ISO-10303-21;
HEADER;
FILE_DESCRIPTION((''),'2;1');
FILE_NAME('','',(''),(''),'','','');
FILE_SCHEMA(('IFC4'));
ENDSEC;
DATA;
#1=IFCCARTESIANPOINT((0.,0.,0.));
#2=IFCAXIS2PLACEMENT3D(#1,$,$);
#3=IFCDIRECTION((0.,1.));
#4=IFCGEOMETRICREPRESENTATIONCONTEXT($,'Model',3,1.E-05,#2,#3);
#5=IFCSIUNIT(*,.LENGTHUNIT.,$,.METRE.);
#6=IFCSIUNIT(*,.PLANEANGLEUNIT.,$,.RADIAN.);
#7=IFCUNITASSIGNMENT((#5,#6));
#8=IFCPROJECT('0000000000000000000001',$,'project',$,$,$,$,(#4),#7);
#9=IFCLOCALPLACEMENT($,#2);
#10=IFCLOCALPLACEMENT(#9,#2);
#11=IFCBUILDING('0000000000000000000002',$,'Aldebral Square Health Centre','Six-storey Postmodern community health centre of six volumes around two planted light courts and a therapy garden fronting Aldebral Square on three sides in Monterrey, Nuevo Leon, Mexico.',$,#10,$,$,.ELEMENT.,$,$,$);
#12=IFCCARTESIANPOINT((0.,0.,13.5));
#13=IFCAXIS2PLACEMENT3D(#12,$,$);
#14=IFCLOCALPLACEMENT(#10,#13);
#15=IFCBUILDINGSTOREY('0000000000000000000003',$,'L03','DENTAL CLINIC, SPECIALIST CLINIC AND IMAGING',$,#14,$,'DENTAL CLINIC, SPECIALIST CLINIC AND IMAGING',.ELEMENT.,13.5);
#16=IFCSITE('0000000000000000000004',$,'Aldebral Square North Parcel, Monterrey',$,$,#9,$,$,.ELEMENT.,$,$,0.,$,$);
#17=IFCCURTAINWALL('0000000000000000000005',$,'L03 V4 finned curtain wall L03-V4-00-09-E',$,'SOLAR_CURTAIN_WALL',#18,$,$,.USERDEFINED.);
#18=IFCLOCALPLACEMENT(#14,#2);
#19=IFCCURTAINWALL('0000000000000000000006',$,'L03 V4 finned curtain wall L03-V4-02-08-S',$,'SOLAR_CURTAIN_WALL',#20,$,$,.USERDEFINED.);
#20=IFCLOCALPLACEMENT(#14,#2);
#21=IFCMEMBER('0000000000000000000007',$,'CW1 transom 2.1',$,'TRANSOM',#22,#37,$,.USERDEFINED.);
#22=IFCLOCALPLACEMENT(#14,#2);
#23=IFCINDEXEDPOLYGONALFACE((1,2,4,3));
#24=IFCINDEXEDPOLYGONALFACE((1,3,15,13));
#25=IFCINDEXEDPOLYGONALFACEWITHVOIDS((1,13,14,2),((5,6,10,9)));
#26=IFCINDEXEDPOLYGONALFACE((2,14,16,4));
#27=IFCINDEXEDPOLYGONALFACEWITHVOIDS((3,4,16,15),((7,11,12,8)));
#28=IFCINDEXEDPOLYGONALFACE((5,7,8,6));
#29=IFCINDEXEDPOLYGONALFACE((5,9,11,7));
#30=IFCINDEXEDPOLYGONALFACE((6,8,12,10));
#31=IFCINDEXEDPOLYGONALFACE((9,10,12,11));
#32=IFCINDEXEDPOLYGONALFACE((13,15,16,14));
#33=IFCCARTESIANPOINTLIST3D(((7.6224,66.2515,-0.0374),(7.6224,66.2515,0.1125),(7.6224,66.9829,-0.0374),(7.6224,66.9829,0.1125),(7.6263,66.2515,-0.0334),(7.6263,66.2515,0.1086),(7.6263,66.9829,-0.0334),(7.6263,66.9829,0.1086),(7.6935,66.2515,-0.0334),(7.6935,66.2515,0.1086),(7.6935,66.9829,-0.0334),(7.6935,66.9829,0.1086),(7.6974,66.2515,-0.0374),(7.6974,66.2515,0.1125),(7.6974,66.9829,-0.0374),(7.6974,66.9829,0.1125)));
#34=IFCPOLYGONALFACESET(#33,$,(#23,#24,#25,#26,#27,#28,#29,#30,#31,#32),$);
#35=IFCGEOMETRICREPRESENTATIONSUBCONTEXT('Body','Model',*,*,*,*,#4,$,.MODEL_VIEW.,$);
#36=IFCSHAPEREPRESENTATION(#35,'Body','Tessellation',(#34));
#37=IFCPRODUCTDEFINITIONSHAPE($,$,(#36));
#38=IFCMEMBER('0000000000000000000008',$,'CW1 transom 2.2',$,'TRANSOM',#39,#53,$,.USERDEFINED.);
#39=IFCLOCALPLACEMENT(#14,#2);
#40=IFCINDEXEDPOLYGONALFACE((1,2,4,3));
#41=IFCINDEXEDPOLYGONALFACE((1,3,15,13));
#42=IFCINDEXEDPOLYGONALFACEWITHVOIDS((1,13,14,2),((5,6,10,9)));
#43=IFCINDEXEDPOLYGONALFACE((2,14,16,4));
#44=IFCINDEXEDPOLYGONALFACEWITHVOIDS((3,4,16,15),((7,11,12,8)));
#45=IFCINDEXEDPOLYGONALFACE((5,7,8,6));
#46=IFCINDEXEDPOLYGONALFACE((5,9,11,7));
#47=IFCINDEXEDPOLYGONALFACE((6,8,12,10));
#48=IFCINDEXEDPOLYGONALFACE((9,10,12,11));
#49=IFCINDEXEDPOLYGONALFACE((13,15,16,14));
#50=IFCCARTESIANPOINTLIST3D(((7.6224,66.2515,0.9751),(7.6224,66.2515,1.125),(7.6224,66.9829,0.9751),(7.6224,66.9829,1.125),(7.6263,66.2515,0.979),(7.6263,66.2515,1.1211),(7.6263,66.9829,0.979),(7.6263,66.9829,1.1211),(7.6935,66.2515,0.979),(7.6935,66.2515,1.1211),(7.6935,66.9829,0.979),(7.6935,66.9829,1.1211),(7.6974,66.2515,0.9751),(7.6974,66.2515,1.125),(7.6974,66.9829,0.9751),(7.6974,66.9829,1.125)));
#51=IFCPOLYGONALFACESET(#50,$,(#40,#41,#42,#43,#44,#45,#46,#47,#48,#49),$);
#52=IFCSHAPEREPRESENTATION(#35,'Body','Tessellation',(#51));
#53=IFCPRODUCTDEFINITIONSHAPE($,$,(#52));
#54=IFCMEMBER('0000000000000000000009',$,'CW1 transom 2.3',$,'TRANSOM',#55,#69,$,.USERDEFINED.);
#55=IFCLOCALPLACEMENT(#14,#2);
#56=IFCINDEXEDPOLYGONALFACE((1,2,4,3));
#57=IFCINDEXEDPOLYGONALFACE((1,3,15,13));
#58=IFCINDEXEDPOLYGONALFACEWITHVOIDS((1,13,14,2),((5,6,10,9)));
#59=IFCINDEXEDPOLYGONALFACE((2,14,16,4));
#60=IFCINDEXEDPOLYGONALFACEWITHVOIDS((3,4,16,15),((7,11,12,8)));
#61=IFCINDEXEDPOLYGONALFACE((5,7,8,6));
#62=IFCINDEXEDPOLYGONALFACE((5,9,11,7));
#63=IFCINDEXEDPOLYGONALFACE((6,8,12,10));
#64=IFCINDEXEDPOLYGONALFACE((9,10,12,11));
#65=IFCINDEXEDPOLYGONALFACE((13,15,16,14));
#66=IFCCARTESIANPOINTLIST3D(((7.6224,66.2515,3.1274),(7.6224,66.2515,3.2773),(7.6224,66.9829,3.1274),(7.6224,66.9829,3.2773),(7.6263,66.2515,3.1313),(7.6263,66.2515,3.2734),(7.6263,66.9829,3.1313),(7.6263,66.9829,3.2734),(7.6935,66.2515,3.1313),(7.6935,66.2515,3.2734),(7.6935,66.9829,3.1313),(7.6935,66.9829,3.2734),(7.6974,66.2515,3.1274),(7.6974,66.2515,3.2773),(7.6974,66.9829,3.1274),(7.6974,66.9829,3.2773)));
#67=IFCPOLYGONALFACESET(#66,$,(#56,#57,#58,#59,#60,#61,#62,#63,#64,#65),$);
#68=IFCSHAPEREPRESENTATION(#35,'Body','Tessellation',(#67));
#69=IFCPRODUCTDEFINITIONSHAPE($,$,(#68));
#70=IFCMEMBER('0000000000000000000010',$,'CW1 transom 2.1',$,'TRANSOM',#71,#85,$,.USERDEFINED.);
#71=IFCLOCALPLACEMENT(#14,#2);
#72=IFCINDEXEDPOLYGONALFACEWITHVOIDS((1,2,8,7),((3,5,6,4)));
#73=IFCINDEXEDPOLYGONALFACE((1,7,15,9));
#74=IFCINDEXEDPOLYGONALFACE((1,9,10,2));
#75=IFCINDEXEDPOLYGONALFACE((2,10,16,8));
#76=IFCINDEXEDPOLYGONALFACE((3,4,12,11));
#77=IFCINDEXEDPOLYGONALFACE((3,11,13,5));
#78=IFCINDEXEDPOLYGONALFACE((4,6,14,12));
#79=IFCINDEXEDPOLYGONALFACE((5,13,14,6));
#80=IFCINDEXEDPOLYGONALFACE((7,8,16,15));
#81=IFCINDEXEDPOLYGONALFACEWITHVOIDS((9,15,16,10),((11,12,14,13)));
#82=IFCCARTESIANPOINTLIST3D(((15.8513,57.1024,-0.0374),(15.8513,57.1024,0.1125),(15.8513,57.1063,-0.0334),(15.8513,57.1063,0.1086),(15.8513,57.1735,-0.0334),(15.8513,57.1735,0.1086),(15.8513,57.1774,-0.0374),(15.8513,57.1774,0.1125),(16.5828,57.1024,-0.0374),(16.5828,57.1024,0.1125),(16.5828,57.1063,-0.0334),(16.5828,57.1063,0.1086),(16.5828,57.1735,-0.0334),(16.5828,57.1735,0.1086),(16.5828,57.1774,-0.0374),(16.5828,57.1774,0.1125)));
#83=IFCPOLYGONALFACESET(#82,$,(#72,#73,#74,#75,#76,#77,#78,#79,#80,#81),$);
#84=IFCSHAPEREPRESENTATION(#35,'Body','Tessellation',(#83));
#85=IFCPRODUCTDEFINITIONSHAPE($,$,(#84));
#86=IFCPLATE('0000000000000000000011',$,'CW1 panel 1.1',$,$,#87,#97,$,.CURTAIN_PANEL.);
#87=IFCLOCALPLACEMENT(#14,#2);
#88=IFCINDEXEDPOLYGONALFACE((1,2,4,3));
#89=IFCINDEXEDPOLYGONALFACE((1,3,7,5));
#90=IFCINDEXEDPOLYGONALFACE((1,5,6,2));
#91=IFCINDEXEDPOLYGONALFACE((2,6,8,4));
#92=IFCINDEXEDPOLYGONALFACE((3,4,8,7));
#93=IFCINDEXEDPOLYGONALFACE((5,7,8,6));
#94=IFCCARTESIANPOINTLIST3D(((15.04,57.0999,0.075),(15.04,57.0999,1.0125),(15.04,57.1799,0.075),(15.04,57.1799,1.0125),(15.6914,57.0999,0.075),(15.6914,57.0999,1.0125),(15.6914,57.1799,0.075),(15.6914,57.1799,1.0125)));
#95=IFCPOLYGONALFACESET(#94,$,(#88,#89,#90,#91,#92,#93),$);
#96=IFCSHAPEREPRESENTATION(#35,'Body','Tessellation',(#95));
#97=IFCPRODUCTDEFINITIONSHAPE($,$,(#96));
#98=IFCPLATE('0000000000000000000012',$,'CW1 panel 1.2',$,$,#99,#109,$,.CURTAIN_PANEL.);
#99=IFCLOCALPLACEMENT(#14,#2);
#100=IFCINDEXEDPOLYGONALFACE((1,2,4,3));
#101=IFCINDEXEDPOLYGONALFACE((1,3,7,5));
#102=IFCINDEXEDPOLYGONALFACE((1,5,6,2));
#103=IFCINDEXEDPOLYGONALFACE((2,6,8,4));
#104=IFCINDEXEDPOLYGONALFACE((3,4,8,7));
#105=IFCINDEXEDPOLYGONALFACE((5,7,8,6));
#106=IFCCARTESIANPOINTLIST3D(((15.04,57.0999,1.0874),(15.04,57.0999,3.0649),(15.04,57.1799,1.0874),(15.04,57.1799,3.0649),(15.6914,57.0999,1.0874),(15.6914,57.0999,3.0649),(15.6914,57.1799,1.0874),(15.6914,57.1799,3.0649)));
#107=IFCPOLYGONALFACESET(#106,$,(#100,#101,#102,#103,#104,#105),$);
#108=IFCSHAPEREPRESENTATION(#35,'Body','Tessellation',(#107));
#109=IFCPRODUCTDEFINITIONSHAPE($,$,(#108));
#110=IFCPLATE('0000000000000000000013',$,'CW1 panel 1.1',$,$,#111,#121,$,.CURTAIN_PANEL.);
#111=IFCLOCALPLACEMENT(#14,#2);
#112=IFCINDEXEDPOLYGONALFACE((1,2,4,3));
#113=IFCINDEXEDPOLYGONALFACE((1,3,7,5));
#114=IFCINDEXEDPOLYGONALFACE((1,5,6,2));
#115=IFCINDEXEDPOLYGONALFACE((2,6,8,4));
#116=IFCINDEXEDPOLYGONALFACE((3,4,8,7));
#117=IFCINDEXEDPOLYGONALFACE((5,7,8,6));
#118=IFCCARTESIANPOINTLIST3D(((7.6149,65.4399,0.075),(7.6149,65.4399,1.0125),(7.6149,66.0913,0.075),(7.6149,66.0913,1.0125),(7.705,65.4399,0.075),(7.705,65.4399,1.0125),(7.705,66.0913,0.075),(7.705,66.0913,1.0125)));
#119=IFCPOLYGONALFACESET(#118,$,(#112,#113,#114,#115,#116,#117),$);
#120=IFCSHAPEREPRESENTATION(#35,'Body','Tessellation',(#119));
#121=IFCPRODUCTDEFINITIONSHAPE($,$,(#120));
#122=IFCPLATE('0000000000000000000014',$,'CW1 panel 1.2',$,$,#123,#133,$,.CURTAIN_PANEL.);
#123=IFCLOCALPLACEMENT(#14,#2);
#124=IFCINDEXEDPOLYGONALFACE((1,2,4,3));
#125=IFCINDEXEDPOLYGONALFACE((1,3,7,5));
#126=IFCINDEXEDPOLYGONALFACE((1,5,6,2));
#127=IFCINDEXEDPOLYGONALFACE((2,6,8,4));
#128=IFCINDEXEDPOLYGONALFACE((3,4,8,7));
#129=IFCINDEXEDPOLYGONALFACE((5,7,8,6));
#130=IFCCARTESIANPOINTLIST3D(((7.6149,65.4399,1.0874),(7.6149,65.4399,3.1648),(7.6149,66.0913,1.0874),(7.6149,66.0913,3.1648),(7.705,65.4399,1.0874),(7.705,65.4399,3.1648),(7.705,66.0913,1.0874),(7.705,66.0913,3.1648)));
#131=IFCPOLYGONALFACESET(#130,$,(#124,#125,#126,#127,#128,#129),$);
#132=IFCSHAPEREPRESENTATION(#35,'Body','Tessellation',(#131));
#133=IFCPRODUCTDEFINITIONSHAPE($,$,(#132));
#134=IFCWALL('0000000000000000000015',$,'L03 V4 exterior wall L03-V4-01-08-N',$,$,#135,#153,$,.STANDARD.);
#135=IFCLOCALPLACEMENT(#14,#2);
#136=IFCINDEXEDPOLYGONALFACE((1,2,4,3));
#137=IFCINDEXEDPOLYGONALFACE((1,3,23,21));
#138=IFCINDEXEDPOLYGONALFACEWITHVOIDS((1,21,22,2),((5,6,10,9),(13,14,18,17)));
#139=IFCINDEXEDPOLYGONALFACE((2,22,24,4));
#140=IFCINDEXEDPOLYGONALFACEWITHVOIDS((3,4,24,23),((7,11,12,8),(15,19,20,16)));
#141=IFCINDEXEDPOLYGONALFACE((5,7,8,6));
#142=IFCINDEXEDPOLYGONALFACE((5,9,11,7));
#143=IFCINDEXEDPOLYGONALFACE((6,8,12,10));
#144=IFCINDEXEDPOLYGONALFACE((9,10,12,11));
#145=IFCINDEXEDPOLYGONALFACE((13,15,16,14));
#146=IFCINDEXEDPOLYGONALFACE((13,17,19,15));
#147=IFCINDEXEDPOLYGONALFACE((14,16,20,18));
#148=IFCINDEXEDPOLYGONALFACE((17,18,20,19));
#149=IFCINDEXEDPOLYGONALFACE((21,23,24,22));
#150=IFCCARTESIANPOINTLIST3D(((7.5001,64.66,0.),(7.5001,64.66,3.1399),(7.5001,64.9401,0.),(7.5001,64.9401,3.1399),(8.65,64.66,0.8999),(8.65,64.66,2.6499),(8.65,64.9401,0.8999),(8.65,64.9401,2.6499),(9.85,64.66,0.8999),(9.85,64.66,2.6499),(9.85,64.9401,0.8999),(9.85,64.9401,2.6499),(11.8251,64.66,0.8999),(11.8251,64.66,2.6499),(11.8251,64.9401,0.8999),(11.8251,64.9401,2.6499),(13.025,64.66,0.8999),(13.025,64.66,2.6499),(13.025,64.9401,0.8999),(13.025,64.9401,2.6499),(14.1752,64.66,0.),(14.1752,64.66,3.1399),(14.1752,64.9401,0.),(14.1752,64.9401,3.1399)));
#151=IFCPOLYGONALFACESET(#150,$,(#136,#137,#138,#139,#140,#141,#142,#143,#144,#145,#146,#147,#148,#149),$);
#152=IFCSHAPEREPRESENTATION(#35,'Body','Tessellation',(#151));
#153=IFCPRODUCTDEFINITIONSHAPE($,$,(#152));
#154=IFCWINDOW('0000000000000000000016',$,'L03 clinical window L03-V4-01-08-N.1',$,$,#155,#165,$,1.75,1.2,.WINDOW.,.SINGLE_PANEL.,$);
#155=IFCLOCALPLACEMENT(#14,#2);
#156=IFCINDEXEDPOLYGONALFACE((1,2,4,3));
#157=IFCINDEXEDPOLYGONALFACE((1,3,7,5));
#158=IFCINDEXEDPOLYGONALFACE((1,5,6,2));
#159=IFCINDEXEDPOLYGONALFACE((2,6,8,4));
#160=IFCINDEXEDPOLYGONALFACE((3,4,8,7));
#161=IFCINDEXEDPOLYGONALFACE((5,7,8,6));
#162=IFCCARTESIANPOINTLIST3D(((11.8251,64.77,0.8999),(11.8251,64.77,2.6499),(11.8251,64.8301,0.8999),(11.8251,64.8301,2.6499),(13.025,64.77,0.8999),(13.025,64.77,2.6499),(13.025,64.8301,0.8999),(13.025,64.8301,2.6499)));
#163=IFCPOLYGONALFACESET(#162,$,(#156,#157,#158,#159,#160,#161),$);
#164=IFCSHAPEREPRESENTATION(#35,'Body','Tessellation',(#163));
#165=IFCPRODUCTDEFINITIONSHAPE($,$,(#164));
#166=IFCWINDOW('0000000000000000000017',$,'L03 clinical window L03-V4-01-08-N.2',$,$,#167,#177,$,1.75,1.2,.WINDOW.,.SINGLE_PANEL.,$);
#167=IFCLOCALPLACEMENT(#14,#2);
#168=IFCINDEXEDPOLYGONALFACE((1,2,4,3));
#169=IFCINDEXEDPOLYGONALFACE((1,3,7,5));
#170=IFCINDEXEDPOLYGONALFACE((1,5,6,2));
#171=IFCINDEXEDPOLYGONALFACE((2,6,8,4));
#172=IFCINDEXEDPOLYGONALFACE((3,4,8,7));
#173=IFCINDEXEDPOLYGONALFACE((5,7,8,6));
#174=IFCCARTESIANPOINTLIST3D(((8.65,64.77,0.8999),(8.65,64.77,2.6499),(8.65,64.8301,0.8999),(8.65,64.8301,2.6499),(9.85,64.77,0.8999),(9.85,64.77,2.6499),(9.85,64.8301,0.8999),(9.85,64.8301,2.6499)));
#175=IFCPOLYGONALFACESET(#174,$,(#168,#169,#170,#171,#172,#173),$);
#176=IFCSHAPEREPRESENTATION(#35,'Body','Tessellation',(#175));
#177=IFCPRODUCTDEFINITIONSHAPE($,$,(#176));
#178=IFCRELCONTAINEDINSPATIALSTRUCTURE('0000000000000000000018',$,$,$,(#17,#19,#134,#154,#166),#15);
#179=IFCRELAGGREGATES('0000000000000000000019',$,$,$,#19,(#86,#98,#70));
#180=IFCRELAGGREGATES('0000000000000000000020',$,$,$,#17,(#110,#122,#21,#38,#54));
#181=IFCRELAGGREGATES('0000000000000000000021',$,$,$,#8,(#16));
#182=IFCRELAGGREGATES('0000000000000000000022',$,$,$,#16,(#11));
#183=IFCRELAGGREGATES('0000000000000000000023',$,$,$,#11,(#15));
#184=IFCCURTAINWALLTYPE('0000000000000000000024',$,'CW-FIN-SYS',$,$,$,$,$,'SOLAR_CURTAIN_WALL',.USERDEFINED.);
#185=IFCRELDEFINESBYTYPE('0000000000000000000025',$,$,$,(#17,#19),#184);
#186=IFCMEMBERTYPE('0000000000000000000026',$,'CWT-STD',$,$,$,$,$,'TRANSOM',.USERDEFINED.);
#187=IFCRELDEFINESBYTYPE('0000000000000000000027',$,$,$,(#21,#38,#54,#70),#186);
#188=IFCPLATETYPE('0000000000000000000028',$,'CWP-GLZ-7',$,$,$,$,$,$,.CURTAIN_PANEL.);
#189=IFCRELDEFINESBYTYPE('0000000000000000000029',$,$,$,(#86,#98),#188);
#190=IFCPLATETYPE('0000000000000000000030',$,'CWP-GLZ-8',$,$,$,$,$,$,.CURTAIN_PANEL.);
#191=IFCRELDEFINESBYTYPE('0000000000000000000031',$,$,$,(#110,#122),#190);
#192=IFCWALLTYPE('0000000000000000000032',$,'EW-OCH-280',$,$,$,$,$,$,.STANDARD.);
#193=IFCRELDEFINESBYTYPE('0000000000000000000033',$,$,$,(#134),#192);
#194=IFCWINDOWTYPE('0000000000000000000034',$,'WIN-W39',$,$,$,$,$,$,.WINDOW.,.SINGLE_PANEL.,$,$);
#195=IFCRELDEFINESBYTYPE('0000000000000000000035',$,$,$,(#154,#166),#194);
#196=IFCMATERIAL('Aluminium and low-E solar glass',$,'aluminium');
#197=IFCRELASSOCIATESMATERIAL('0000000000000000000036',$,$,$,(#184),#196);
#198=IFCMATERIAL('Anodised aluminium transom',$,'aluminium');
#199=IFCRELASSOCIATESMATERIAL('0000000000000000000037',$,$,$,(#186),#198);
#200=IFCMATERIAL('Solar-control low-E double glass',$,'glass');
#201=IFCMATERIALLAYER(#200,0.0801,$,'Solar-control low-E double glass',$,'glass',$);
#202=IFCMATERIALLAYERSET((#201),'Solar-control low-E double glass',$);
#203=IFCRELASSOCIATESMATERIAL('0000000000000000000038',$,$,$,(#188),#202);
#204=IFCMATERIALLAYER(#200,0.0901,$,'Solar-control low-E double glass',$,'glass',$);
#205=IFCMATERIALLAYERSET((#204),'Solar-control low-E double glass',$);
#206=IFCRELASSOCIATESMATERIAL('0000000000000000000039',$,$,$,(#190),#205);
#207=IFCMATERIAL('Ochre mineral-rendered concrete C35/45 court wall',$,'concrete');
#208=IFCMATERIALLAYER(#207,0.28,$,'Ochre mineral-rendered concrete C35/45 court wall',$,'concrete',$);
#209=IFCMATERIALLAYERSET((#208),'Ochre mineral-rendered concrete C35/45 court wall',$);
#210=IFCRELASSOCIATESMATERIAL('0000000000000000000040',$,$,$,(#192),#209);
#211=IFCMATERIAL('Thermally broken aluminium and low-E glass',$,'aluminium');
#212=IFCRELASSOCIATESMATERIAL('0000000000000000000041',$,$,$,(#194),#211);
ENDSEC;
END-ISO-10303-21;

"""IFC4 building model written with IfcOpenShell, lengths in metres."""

from ifc_helpers import new_model, si_unit, direction, frame, frame_2d, origin, origin_2d, place, context, subcontext, project, spatial, rectangle, hollow_rectangle, extrude, material, layer, layer_set, material_profile, profile_set, type_object, element, fill, aggregate, save


model = new_model("IFC4")

# Units and contexts
model_context = context("Model", 3, precision=1e-05, world=origin(), true_north=direction((0.0, 1.0)))
body_context = subcontext(model_context, "Body", "Model", "MODEL_VIEW")
ifc_project = project(units=[si_unit("LENGTHUNIT", "METRE"), si_unit("PLANEANGLEUNIT", "RADIAN")], contexts=[model_context])

# Site, building, storey
site_placement = place(None, origin())
site = spatial("IfcSite", under=ifc_project, at=site_placement, Name="Aldebral Square North Parcel, Monterrey", CompositionType="ELEMENT", RefElevation=0.0)
building_placement = place(site_placement, origin())
building = spatial("IfcBuilding", under=site, at=building_placement, Name="Aldebral Square Health Centre", Description="Six-storey Postmodern community health centre of six volumes around two planted light courts and a therapy garden fronting Aldebral Square on three sides in Monterrey, Nuevo Leon, Mexico.", CompositionType="ELEMENT")
storey_placement = place(building_placement, frame((0.0, 0.0, 13.5)))
storey = spatial("IfcBuildingStorey", under=building, at=storey_placement, Name="L03", Description="DENTAL CLINIC, SPECIALIST CLINIC AND IMAGING", LongName="DENTAL CLINIC, SPECIALIST CLINIC AND IMAGING", CompositionType="ELEMENT", Elevation=13.5)

# Curtain walls
ifc_material_1 = material(Name="Aluminium and low-E solar glass", Category="aluminium")
curtain_wall_type = type_object("IfcCurtainWallType", Name="CW-FIN-SYS", ElementType="SOLAR_CURTAIN_WALL", PredefinedType="USERDEFINED", material=ifc_material_1)
curtain_wall_1_placement = place(storey_placement, origin())
curtain_wall_1 = element("IfcCurtainWall", 1, at=curtain_wall_1_placement, inside=storey, type_object=curtain_wall_type, Name="L03 V4 finned curtain wall L03-V4-00-09-E", ObjectType="SOLAR_CURTAIN_WALL", PredefinedType="USERDEFINED")
curtain_wall_2_placement = place(storey_placement, origin())
curtain_wall_2 = element("IfcCurtainWall", 2, at=curtain_wall_2_placement, inside=storey, type_object=curtain_wall_type, Name="L03 V4 finned curtain wall L03-V4-02-08-S", ObjectType="SOLAR_CURTAIN_WALL", PredefinedType="USERDEFINED")

# Members
ifc_material_2 = material(Name="Anodised aluminium transom", Category="aluminium")
ifc_material_profile_1 = material_profile(ifc_material_2, hollow_rectangle(XDim=0.075, YDim=0.1499, WallThickness=0.0039, at=origin_2d()), Name="CWT 75x150x4")
ifc_profile_set_1 = profile_set([ifc_material_profile_1], Name="Anodised aluminium transom")
member_type_1 = type_object("IfcMemberType", Name="CWT-STD", ElementType="TRANSOM", PredefinedType="USERDEFINED", material=ifc_profile_set_1)
member_1_placement = place(storey_placement, frame((7.6599, 66.2515, 0.0376), z_axis=(0.0, 1.0, 0.0), x_axis=(-1.0, 0.0, 0.0)))
member_1 = element("IfcMember", 3, at=member_1_placement, type_object=member_type_1, Name="CW1 transom 2.1", ObjectType="TRANSOM", PredefinedType="USERDEFINED", context=body_context, shape_type="SweptSolid", body=[
    extrude(hollow_rectangle(XDim=0.075, YDim=0.1499, WallThickness=0.0039, at=origin_2d()), origin(), (0.0, 0.0, 1.0), 0.7314),
])
member_2_placement = place(storey_placement, frame((7.6599, 66.2515, 1.05), z_axis=(0.0, 1.0, 0.0), x_axis=(-1.0, 0.0, 0.0)))
member_2 = element("IfcMember", 4, at=member_2_placement, type_object=member_type_1, Name="CW1 transom 2.2", ObjectType="TRANSOM", PredefinedType="USERDEFINED", context=body_context, shape_type="SweptSolid", body=[
    extrude(hollow_rectangle(XDim=0.075, YDim=0.1499, WallThickness=0.0039, at=origin_2d()), origin(), (0.0, 0.0, 1.0), 0.7314),
])
member_3_placement = place(storey_placement, frame((7.6599, 66.2515, 3.2024), z_axis=(0.0, 1.0, 0.0), x_axis=(-1.0, 0.0, 0.0)))
member_3 = element("IfcMember", 5, at=member_3_placement, type_object=member_type_1, Name="CW1 transom 2.3", ObjectType="TRANSOM", PredefinedType="USERDEFINED", context=body_context, shape_type="SweptSolid", body=[
    extrude(hollow_rectangle(XDim=0.075, YDim=0.1499, WallThickness=0.0039, at=origin_2d()), origin(), (0.0, 0.0, 1.0), 0.7314),
])
member_4_placement = place(storey_placement, frame((15.8513, 57.1399, 0.0376), z_axis=(1.0, 0.0, 0.0), x_axis=(0.0, 1.0, 0.0)))
member_4 = element("IfcMember", 6, at=member_4_placement, type_object=member_type_1, Name="CW1 transom 2.1", ObjectType="TRANSOM", PredefinedType="USERDEFINED", context=body_context, shape_type="SweptSolid", body=[
    extrude(hollow_rectangle(XDim=0.075, YDim=0.1499, WallThickness=0.0039, at=origin_2d()), origin(), (0.0, 0.0, 1.0), 0.7314),
])

# Plates
ifc_material_3 = material(Name="Solar-control low-E double glass", Category="glass")
ifc_layer_1 = layer(ifc_material_3, 0.0801, Name="Solar-control low-E double glass", Category="glass")
ifc_layer_set_1 = layer_set([ifc_layer_1], Name="Solar-control low-E double glass")
plate_type_1 = type_object("IfcPlateType", Name="CWP-GLZ-7", PredefinedType="CURTAIN_PANEL", material=ifc_layer_set_1)
plate_1_placement = place(storey_placement, frame((15.3657, 57.1399, 0.075), z_axis=(0.0, 0.0, 1.0), x_axis=(1.0, 0.0, 0.0)))
plate_1 = element("IfcPlate", 7, at=plate_1_placement, type_object=plate_type_1, Name="CW1 panel 1.1", PredefinedType="CURTAIN_PANEL", context=body_context, shape_type="SweptSolid", body=[
    extrude(rectangle(XDim=0.6514, YDim=0.0801, at=origin_2d()), origin(), (0.0, 0.0, 1.0), 0.9375),
])
plate_2_placement = place(storey_placement, frame((15.3657, 57.1399, 1.0874), z_axis=(0.0, 0.0, 1.0), x_axis=(1.0, 0.0, 0.0)))
plate_2 = element("IfcPlate", 8, at=plate_2_placement, type_object=plate_type_1, Name="CW1 panel 1.2", PredefinedType="CURTAIN_PANEL", context=body_context, shape_type="SweptSolid", body=[
    extrude(rectangle(XDim=0.6514, YDim=0.0801, at=origin_2d()), origin(), (0.0, 0.0, 1.0), 1.9775),
])
aggregate(curtain_wall_2, [plate_1, plate_2, member_4])
ifc_layer_2 = layer(ifc_material_3, 0.0901, Name="Solar-control low-E double glass", Category="glass")
ifc_layer_set_2 = layer_set([ifc_layer_2], Name="Solar-control low-E double glass")
plate_type_2 = type_object("IfcPlateType", Name="CWP-GLZ-8", PredefinedType="CURTAIN_PANEL", material=ifc_layer_set_2)
plate_3_placement = place(storey_placement, frame((7.6599, 65.7656, 0.075), z_axis=(0.0, 0.0, 1.0), x_axis=(0.0, 1.0, 0.0)))
plate_3 = element("IfcPlate", 9, at=plate_3_placement, type_object=plate_type_2, Name="CW1 panel 1.1", PredefinedType="CURTAIN_PANEL", context=body_context, shape_type="SweptSolid", body=[
    extrude(rectangle(XDim=0.6514, YDim=0.0901, at=origin_2d()), origin(), (0.0, 0.0, 1.0), 0.9375),
])
plate_4_placement = place(storey_placement, frame((7.6599, 65.7656, 1.0874), z_axis=(0.0, 0.0, 1.0), x_axis=(0.0, 1.0, 0.0)))
plate_4 = element("IfcPlate", 10, at=plate_4_placement, type_object=plate_type_2, Name="CW1 panel 1.2", PredefinedType="CURTAIN_PANEL", context=body_context, shape_type="SweptSolid", body=[
    extrude(rectangle(XDim=0.6514, YDim=0.0901, at=origin_2d()), origin(), (0.0, 0.0, 1.0), 2.0774),
])
aggregate(curtain_wall_1, [plate_3, plate_4, member_1, member_2, member_3])

# Wall, openings, windows
ifc_material_4 = material(Name="Ochre mineral-rendered concrete C35/45 court wall", Category="concrete")
ifc_layer_3 = layer(ifc_material_4, 0.28, Name="Ochre mineral-rendered concrete C35/45 court wall", Category="concrete")
ifc_layer_set_3 = layer_set([ifc_layer_3], Name="Ochre mineral-rendered concrete C35/45 court wall")
wall_type_1 = type_object("IfcWallType", Name="EW-OCH-280", PredefinedType="STANDARD", material=ifc_layer_set_3)
wall_1_placement = place(storey_placement, frame((14.175, 64.8, 0.0), z_axis=(0.0, 0.0, 1.0), x_axis=(-1.0, 0.0, 0.0)))
wall_1 = element("IfcWall", 11, at=wall_1_placement, inside=storey, type_object=wall_type_1, Name="L03 V4 exterior wall L03-V4-01-08-N", PredefinedType="STANDARD", context=body_context, shape_type="SweptSolid", body=[
    extrude(rectangle(XDim=6.675, YDim=0.28, at=frame_2d((3.3374, 0.0))), origin(), (0.0, 0.0, 1.0), 3.1399),
])
opening_1_placement = place(wall_1_placement, frame((1.1499, 0.0, 0.8999)))
opening_1 = element("IfcOpeningElement", 12, at=opening_1_placement, cuts=wall_1, PredefinedType="OPENING", context=body_context, shape_type="SweptSolid", body=[
    extrude(rectangle(XDim=1.2, YDim=1.75, at=frame_2d((0.6001, 0.875))), frame((0.0, 0.1499, 0.0), z_axis=(0.0, -1.0, 0.0), x_axis=(1.0, 0.0, 0.0)), (0.0, 0.0, 1.0), 0.3),
])
opening_2_placement = place(wall_1_placement, frame((4.325, 0.0, 0.8999)))
opening_2 = element("IfcOpeningElement", 13, at=opening_2_placement, cuts=wall_1, PredefinedType="OPENING", context=body_context, shape_type="SweptSolid", body=[
    extrude(rectangle(XDim=1.2, YDim=1.75, at=frame_2d((0.6001, 0.875))), frame((0.0, 0.1499, 0.0), z_axis=(0.0, -1.0, 0.0), x_axis=(1.0, 0.0, 0.0)), (0.0, 0.0, 1.0), 0.3),
])
ifc_material_5 = material(Name="Thermally broken aluminium and low-E glass", Category="aluminium")
window_type = type_object("IfcWindowType", Name="WIN-W39", PartitioningType="SINGLE_PANEL", PredefinedType="WINDOW", material=ifc_material_5)
window_1_placement = place(opening_1_placement, origin())
window_1 = element("IfcWindow", 14, at=window_1_placement, inside=storey, type_object=window_type, Name="L03 clinical window L03-V4-01-08-N.1", OverallHeight=1.75, OverallWidth=1.2, PartitioningType="SINGLE_PANEL", PredefinedType="WINDOW", context=body_context, shape_type="SweptSolid", body=[
    extrude(rectangle(XDim=1.2, YDim=1.75, at=frame_2d((0.6001, 0.875))), frame((0.0, 0.03, 0.0), z_axis=(0.0, -1.0, 0.0), x_axis=(1.0, 0.0, 0.0)), (0.0, 0.0, 1.0), 0.0601),
])
fill(opening_1, window_1)
window_2_placement = place(opening_2_placement, origin())
window_2 = element("IfcWindow", 15, at=window_2_placement, inside=storey, type_object=window_type, Name="L03 clinical window L03-V4-01-08-N.2", OverallHeight=1.75, OverallWidth=1.2, PartitioningType="SINGLE_PANEL", PredefinedType="WINDOW", context=body_context, shape_type="SweptSolid", body=[
    extrude(rectangle(XDim=1.2, YDim=1.75, at=frame_2d((0.6001, 0.875))), frame((0.0, 0.03, 0.0), z_axis=(0.0, -1.0, 0.0), x_axis=(1.0, 0.0, 0.0)), (0.0, 0.0, 1.0), 0.0601),
])
fill(opening_2, window_2)

save(model, "model.ifc")
